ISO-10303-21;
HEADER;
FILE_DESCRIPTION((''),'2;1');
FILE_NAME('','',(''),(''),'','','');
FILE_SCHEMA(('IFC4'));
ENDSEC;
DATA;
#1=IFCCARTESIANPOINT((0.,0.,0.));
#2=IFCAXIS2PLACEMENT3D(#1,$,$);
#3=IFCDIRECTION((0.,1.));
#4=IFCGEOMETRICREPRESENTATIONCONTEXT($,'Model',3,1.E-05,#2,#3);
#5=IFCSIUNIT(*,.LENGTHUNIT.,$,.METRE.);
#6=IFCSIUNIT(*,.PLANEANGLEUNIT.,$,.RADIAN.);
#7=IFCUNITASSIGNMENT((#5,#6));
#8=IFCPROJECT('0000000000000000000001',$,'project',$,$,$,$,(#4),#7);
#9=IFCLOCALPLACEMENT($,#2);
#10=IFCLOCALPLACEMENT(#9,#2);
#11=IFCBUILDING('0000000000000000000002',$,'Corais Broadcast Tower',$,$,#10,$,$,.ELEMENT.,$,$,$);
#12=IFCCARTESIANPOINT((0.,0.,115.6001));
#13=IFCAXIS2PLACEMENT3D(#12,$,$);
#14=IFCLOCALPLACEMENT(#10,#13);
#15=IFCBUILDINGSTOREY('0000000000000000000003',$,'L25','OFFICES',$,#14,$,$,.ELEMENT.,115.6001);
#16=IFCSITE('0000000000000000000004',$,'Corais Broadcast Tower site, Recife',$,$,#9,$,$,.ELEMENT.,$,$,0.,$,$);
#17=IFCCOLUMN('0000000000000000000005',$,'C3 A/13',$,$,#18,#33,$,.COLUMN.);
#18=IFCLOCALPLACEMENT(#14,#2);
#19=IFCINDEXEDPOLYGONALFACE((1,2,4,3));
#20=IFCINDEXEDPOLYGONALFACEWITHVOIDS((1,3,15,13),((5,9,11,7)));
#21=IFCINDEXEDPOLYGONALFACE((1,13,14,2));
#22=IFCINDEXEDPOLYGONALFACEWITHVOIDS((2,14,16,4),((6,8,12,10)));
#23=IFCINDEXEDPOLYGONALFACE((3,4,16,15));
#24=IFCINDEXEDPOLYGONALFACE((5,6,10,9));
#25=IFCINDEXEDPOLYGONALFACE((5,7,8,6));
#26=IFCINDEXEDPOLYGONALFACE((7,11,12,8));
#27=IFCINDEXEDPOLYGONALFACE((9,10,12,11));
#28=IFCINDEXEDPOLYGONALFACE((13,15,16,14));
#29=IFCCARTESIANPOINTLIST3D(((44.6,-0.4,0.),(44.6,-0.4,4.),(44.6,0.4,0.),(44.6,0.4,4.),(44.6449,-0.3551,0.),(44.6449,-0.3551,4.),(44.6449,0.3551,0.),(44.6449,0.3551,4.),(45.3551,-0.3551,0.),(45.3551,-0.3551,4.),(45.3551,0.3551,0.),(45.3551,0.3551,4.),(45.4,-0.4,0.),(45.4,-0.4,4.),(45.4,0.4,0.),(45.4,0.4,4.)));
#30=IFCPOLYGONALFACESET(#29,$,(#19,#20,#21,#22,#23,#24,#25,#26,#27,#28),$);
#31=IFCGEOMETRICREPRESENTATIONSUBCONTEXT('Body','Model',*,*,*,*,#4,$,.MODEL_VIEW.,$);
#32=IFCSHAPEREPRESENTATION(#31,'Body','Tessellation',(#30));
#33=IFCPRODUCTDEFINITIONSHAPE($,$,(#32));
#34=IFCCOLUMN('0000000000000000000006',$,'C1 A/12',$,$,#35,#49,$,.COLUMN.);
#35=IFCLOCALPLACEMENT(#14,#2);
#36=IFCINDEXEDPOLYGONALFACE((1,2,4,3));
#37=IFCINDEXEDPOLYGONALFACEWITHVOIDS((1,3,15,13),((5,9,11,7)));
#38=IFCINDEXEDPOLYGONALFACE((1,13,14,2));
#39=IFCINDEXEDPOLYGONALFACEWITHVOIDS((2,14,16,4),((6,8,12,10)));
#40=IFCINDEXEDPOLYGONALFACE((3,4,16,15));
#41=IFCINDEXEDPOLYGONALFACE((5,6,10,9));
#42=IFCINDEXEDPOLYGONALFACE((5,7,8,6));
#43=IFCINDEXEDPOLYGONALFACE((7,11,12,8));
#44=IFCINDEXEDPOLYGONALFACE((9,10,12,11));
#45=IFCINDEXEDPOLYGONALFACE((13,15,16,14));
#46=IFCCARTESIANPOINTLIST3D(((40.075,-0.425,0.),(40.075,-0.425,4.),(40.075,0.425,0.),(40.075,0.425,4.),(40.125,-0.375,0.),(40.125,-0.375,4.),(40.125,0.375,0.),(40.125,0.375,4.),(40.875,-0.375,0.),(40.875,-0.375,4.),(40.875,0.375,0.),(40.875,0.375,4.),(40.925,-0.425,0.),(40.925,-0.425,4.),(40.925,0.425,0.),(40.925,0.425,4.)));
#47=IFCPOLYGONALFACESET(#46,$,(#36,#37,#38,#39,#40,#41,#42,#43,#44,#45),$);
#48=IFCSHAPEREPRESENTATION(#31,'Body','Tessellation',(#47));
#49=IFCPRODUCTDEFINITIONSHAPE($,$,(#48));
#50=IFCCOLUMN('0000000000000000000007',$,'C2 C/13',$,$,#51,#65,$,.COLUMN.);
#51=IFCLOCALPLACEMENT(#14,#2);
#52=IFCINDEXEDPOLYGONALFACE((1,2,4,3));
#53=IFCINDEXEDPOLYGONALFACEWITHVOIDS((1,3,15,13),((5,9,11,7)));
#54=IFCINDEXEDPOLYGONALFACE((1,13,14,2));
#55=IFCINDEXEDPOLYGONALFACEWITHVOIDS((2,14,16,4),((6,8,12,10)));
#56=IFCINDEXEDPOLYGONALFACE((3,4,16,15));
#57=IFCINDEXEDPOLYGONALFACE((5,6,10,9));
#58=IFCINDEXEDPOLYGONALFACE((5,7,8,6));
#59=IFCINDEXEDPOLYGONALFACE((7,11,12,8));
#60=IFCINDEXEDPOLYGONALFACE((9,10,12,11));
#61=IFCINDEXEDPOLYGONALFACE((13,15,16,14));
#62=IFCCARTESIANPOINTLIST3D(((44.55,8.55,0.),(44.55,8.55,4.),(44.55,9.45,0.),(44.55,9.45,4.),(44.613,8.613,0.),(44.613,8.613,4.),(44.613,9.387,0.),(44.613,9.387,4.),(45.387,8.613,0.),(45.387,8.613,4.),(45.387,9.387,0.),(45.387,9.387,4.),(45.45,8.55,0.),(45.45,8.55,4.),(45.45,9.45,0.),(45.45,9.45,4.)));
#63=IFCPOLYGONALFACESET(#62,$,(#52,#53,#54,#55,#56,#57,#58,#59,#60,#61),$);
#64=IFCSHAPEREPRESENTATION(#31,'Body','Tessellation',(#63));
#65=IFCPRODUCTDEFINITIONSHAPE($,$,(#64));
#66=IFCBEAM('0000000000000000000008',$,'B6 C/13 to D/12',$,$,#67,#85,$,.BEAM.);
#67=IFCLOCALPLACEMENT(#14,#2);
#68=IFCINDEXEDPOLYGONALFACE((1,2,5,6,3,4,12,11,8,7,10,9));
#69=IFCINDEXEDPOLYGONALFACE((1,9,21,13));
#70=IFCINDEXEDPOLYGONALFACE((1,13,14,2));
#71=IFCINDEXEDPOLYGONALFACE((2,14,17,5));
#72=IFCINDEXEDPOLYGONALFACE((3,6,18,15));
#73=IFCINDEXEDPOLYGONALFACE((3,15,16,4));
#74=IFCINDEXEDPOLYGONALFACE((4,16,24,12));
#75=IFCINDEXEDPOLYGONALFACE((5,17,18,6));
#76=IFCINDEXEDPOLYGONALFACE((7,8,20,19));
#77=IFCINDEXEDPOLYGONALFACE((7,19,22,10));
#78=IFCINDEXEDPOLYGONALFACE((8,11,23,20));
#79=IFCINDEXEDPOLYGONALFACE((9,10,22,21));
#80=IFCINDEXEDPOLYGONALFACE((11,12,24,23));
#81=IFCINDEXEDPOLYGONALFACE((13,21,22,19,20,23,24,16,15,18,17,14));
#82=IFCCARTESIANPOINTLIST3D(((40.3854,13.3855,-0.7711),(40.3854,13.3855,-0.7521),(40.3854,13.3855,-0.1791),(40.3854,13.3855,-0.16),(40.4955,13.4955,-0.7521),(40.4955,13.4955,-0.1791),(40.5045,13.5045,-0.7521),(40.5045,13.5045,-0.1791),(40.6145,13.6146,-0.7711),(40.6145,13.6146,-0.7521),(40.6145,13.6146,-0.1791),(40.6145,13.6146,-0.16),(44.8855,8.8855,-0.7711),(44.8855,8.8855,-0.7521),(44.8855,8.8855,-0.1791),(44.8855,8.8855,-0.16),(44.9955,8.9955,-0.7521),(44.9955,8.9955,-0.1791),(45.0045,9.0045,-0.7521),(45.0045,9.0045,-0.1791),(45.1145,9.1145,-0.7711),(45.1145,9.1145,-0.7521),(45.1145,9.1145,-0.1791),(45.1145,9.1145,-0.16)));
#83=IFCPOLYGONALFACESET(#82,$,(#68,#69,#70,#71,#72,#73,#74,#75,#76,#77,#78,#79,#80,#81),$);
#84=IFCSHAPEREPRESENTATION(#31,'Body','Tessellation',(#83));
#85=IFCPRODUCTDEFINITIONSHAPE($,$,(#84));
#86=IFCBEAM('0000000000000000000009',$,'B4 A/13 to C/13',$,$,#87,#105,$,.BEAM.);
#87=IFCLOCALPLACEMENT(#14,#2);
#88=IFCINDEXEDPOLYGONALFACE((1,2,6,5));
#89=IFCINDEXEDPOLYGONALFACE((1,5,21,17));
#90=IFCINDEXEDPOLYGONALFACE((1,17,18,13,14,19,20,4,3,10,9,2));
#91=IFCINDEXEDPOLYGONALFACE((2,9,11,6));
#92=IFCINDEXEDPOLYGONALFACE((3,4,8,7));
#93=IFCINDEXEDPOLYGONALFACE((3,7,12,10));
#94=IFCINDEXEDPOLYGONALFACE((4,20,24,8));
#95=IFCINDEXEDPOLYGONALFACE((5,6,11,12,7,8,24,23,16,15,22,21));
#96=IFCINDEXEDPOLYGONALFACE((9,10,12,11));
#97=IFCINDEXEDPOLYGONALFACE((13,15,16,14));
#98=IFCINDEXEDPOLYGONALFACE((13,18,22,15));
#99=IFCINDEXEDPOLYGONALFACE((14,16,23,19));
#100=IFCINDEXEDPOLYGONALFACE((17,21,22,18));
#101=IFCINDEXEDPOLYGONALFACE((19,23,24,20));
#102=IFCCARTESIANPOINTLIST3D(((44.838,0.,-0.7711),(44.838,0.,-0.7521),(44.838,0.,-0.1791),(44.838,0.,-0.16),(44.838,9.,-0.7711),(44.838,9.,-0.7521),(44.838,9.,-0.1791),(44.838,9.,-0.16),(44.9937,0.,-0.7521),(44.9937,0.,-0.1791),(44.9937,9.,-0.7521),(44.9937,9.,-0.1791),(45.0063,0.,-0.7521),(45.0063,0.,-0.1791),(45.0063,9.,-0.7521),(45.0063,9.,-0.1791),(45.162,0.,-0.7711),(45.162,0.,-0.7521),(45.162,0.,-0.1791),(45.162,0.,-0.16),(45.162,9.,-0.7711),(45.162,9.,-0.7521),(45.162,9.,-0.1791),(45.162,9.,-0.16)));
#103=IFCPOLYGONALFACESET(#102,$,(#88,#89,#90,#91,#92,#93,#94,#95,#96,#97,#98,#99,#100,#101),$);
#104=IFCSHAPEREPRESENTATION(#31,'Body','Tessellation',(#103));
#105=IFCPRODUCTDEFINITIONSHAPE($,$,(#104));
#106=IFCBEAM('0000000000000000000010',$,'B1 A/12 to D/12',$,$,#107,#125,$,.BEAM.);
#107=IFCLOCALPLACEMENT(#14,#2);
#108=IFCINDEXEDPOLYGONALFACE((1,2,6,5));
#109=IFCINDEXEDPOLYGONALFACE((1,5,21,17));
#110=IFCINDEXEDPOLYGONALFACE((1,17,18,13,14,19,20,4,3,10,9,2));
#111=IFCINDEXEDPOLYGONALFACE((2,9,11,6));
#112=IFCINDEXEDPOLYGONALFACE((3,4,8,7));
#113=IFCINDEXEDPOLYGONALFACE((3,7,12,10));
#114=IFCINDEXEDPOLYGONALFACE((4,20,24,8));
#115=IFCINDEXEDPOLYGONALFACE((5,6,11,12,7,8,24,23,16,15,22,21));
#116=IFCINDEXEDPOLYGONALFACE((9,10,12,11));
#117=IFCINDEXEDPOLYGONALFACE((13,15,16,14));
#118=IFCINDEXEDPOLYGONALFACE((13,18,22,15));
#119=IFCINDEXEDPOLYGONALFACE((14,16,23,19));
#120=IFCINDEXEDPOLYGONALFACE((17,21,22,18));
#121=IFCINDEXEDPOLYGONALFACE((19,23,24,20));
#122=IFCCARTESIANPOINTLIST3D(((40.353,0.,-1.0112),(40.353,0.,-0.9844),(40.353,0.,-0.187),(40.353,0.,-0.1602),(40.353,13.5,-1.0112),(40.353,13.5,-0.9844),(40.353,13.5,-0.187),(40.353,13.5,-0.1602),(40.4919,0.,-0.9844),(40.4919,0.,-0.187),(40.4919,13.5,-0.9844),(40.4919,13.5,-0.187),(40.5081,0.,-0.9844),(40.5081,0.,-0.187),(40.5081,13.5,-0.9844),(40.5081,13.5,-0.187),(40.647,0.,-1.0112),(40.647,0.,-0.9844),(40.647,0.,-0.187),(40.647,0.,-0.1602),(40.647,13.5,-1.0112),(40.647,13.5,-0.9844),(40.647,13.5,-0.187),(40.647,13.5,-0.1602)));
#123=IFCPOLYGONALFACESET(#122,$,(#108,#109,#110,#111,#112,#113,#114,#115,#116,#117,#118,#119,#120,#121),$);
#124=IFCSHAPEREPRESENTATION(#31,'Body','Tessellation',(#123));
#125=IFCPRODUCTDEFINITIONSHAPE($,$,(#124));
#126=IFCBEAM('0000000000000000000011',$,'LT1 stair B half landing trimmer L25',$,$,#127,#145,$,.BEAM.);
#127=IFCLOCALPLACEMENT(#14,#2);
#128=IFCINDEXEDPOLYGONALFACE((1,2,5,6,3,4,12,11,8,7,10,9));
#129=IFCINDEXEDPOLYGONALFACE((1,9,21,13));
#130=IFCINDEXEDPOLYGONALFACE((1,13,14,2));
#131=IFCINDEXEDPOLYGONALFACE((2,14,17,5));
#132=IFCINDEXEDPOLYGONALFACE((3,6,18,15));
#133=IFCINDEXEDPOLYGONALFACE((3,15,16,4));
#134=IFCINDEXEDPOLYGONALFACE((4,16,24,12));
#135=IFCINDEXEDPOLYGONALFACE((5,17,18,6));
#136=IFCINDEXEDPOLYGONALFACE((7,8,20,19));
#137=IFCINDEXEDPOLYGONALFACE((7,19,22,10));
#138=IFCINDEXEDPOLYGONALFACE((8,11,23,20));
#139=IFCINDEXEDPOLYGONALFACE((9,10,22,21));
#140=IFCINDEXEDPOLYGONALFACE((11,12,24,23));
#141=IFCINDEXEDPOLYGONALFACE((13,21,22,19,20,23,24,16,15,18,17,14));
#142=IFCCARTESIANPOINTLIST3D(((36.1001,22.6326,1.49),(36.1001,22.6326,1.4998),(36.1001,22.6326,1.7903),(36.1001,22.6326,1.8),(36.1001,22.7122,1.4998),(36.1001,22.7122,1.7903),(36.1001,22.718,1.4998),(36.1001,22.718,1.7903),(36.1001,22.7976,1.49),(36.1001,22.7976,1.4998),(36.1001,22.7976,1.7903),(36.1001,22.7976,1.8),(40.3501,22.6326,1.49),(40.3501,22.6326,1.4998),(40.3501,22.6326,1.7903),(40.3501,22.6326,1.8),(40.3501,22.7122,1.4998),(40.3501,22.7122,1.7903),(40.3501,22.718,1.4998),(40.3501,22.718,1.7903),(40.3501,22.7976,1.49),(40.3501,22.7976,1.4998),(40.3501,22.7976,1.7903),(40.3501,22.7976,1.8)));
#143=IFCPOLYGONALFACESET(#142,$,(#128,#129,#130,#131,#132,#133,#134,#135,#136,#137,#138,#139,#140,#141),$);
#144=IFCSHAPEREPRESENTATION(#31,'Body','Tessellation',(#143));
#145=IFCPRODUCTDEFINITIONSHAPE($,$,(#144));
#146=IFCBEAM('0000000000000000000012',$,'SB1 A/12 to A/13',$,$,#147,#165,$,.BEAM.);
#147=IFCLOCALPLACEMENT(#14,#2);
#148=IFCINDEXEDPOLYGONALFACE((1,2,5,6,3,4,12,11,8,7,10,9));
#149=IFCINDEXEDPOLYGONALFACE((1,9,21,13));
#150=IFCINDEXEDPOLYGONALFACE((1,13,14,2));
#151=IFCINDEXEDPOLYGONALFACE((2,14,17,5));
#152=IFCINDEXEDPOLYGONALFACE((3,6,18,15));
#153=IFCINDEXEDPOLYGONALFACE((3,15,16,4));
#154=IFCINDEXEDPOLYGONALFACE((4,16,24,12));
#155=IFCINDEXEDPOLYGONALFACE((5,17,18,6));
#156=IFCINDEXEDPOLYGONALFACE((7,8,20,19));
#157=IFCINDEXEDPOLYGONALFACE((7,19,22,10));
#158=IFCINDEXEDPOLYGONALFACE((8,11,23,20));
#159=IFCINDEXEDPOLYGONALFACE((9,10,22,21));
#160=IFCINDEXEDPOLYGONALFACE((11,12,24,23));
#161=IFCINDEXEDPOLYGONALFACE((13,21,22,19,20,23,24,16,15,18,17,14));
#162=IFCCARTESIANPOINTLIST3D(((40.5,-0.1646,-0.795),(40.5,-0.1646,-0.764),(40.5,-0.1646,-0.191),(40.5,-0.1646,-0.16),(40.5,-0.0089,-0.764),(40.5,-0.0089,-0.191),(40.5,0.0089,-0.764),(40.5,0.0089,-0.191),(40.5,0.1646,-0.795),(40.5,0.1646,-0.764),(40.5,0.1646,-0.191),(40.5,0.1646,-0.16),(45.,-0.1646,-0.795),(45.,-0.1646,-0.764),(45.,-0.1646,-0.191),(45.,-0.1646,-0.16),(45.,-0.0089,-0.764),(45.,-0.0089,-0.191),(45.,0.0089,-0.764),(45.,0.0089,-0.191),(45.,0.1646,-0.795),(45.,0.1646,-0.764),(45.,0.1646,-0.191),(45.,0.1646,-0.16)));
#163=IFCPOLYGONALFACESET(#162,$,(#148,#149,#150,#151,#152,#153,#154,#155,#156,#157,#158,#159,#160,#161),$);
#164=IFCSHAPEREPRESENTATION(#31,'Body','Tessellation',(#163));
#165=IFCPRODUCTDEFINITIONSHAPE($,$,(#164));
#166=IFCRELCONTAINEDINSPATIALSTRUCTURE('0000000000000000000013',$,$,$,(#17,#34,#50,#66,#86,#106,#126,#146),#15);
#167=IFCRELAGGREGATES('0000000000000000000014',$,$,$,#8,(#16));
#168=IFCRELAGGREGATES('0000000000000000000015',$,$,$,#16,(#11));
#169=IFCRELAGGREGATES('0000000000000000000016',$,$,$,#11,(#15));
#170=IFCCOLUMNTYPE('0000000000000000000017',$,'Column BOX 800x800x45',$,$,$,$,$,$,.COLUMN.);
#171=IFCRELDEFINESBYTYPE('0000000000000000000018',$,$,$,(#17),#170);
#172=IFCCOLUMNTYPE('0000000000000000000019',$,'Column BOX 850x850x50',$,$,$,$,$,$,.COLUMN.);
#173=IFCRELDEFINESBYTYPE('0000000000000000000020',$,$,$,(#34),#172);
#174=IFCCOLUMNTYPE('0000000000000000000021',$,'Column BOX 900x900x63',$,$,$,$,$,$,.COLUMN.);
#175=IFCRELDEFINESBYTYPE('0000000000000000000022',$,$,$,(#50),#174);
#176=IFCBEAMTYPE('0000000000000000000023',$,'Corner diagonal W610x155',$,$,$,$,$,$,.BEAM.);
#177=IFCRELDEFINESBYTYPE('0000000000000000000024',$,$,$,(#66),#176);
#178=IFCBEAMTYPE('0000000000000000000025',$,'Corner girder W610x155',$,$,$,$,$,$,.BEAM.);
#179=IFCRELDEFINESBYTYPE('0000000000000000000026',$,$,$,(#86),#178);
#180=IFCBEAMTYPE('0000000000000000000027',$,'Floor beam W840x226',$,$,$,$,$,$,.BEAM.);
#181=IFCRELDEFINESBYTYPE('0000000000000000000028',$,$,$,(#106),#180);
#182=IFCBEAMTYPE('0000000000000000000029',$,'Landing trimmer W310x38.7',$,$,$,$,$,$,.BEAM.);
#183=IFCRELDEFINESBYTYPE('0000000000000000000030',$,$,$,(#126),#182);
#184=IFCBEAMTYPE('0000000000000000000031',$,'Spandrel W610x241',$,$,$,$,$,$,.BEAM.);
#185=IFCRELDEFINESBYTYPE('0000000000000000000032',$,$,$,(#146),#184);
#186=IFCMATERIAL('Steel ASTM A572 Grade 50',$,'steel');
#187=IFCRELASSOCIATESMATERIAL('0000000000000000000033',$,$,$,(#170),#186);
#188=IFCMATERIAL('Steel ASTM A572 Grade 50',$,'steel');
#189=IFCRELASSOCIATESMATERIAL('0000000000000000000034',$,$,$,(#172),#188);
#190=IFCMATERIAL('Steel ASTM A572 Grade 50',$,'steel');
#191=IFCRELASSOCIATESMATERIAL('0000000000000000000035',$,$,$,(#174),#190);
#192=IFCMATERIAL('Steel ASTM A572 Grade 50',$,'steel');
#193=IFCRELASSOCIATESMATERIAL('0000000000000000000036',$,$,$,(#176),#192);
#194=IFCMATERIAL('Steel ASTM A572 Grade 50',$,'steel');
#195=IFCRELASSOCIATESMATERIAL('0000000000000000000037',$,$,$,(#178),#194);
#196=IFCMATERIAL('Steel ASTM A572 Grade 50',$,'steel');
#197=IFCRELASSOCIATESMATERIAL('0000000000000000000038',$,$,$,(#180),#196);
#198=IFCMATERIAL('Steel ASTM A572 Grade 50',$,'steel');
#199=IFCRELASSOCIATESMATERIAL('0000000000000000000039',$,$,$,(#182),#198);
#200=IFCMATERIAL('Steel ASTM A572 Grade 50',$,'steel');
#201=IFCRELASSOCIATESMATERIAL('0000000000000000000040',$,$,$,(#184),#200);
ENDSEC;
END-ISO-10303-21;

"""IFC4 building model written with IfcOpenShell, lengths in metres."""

from ifc_helpers import new_model, si_unit, direction, frame, origin, origin_2d, place, context, subcontext, project, spatial, hollow_rectangle, i_section, extrude, material, material_profile, profile_set, type_object, element, save


model = new_model("IFC4")

# Units and contexts
model_context = context("Model", 3, precision=1e-05, world=origin(), true_north=direction((0.0, 1.0)))
body_context = subcontext(model_context, "Body", "Model", "MODEL_VIEW")
ifc_project = project(units=[si_unit("LENGTHUNIT", "METRE"), si_unit("PLANEANGLEUNIT", "RADIAN")], contexts=[model_context])

# Site, building, storey
site_placement = place(None, origin())
site = spatial("IfcSite", under=ifc_project, at=site_placement, Name="Corais Broadcast Tower site, Recife", CompositionType="ELEMENT", RefElevation=0.0)
building_placement = place(site_placement, origin())
building = spatial("IfcBuilding", under=site, at=building_placement, Name="Corais Broadcast Tower", CompositionType="ELEMENT")
storey_placement = place(building_placement, frame((0.0, 0.0, 115.6001)))
storey = spatial("IfcBuildingStorey", under=building, at=storey_placement, Name="L25", Description="OFFICES", CompositionType="ELEMENT", Elevation=115.6001)

# Columns
ifc_material_1 = material(Name="Steel ASTM A572 Grade 50", Category="steel")
ifc_material_profile_1 = material_profile(ifc_material_1, hollow_rectangle(XDim=0.8, YDim=0.8, WallThickness=0.0449, at=origin_2d()), Name="BOX 800x800x45")
ifc_profile_set_1 = profile_set([ifc_material_profile_1], Name="Steel ASTM A572 Grade 50")
column_type_1 = type_object("IfcColumnType", Name="Column BOX 800x800x45", PredefinedType="COLUMN", material=ifc_profile_set_1)
column_1_placement = place(storey_placement, frame((45.0, 0.0, 0.0), z_axis=(0.0, 0.0, 1.0), x_axis=(1.0, 0.0, 0.0)))
element("IfcColumn", 1, at=column_1_placement, inside=storey, type_object=column_type_1, Name="C3 A/13", PredefinedType="COLUMN", context=body_context, shape_type="SweptSolid", body=[
    extrude(hollow_rectangle(XDim=0.8, YDim=0.8, WallThickness=0.0449, at=origin_2d()), origin(), (0.0, 0.0, 1.0), 4.0),
])
ifc_material_2 = material(Name="Steel ASTM A572 Grade 50", Category="steel")
ifc_material_profile_2 = material_profile(ifc_material_2, hollow_rectangle(XDim=0.8501, YDim=0.8501, WallThickness=0.05, at=origin_2d()), Name="BOX 850x850x50")
ifc_profile_set_2 = profile_set([ifc_material_profile_2], Name="Steel ASTM A572 Grade 50")
column_type_2 = type_object("IfcColumnType", Name="Column BOX 850x850x50", PredefinedType="COLUMN", material=ifc_profile_set_2)
column_2_placement = place(storey_placement, frame((40.5, 0.0, 0.0), z_axis=(0.0, 0.0, 1.0), x_axis=(1.0, 0.0, 0.0)))
element("IfcColumn", 2, at=column_2_placement, inside=storey, type_object=column_type_2, Name="C1 A/12", PredefinedType="COLUMN", context=body_context, shape_type="SweptSolid", body=[
    extrude(hollow_rectangle(XDim=0.8501, YDim=0.8501, WallThickness=0.05, at=origin_2d()), origin(), (0.0, 0.0, 1.0), 4.0),
])
ifc_material_3 = material(Name="Steel ASTM A572 Grade 50", Category="steel")
ifc_material_profile_3 = material_profile(ifc_material_3, hollow_rectangle(XDim=0.8999, YDim=0.8999, WallThickness=0.063, at=origin_2d()), Name="BOX 900x900x63")
ifc_profile_set_3 = profile_set([ifc_material_profile_3], Name="Steel ASTM A572 Grade 50")
column_type_3 = type_object("IfcColumnType", Name="Column BOX 900x900x63", PredefinedType="COLUMN", material=ifc_profile_set_3)
column_3_placement = place(storey_placement, frame((45.0, 9.0, 0.0), z_axis=(0.0, 0.0, 1.0), x_axis=(1.0, 0.0, 0.0)))
element("IfcColumn", 3, at=column_3_placement, inside=storey, type_object=column_type_3, Name="C2 C/13", PredefinedType="COLUMN", context=body_context, shape_type="SweptSolid", body=[
    extrude(hollow_rectangle(XDim=0.8999, YDim=0.8999, WallThickness=0.063, at=origin_2d()), origin(), (0.0, 0.0, 1.0), 4.0),
])

# Beams
ifc_material_4 = material(Name="Steel ASTM A572 Grade 50", Category="steel")
ifc_material_profile_4 = material_profile(ifc_material_4, i_section(OverallWidth=0.324, OverallDepth=0.6111, WebThickness=0.0127, FlangeThickness=0.019, at=origin_2d()), Name="W610x155")
ifc_profile_set_4 = profile_set([ifc_material_profile_4], Name="Steel ASTM A572 Grade 50")
beam_type_1 = type_object("IfcBeamType", Name="Corner diagonal W610x155", PredefinedType="BEAM", material=ifc_profile_set_4)
beam_1_placement = place(storey_placement, frame((45.0, 9.0, -0.4656), z_axis=(-0.707107, 0.707107, 0.0), x_axis=(-0.707107, -0.707107, 0.0)))
element("IfcBeam", 4, at=beam_1_placement, inside=storey, type_object=beam_type_1, Name="B6 C/13 to D/12", PredefinedType="BEAM", context=body_context, shape_type="SweptSolid", body=[
    extrude(i_section(OverallWidth=0.324, OverallDepth=0.6111, WebThickness=0.0127, FlangeThickness=0.019, at=origin_2d()), origin(), (0.0, 0.0, 1.0), 6.364),
])
ifc_material_5 = material(Name="Steel ASTM A572 Grade 50", Category="steel")
ifc_material_profile_5 = material_profile(ifc_material_5, i_section(OverallWidth=0.324, OverallDepth=0.6111, WebThickness=0.0127, FlangeThickness=0.019, at=origin_2d()), Name="W610x155")
ifc_profile_set_5 = profile_set([ifc_material_profile_5], Name="Steel ASTM A572 Grade 50")
beam_type_2 = type_object("IfcBeamType", Name="Corner girder W610x155", PredefinedType="BEAM", material=ifc_profile_set_5)
beam_2_placement = place(storey_placement, frame((45.0, 0.0, -0.4656), z_axis=(0.0, 1.0, 0.0), x_axis=(-1.0, 0.0, 0.0)))
element("IfcBeam", 5, at=beam_2_placement, inside=storey, type_object=beam_type_2, Name="B4 A/13 to C/13", PredefinedType="BEAM", context=body_context, shape_type="SweptSolid", body=[
    extrude(i_section(OverallWidth=0.324, OverallDepth=0.6111, WebThickness=0.0127, FlangeThickness=0.019, at=origin_2d()), origin(), (0.0, 0.0, 1.0), 9.0),
])
ifc_material_6 = material(Name="Steel ASTM A572 Grade 50", Category="steel")
ifc_material_profile_6 = material_profile(ifc_material_6, i_section(OverallWidth=0.2939, OverallDepth=0.8511, WebThickness=0.0161, FlangeThickness=0.0269, at=origin_2d()), Name="W840x226")
ifc_profile_set_6 = profile_set([ifc_material_profile_6], Name="Steel ASTM A572 Grade 50")
beam_type_3 = type_object("IfcBeamType", Name="Floor beam W840x226", PredefinedType="BEAM", material=ifc_profile_set_6)
beam_3_placement = place(storey_placement, frame((40.5, 0.0, -0.5857), z_axis=(0.0, 1.0, 0.0), x_axis=(-1.0, 0.0, 0.0)))
element("IfcBeam", 6, at=beam_3_placement, inside=storey, type_object=beam_type_3, Name="B1 A/12 to D/12", PredefinedType="BEAM", context=body_context, shape_type="SweptSolid", body=[
    extrude(i_section(OverallWidth=0.2939, OverallDepth=0.8511, WebThickness=0.0161, FlangeThickness=0.0269, at=origin_2d()), origin(), (0.0, 0.0, 1.0), 13.5),
])
ifc_material_7 = material(Name="Steel ASTM A572 Grade 50", Category="steel")
ifc_material_profile_7 = material_profile(ifc_material_7, i_section(OverallWidth=0.165, OverallDepth=0.3101, WebThickness=0.0059, FlangeThickness=0.0098, at=origin_2d()), Name="W310x38.7")
ifc_profile_set_7 = profile_set([ifc_material_profile_7], Name="Steel ASTM A572 Grade 50")
beam_type_4 = type_object("IfcBeamType", Name="Landing trimmer W310x38.7", PredefinedType="BEAM", material=ifc_profile_set_7)
beam_4_placement = place(storey_placement, frame((36.1001, 22.7151, 1.645), z_axis=(1.0, 0.0, 0.0), x_axis=(0.0, 1.0, 0.0)))
element("IfcBeam", 7, at=beam_4_placement, inside=storey, type_object=beam_type_4, Name="LT1 stair B half landing trimmer L25", PredefinedType="BEAM", context=body_context, shape_type="SweptSolid", body=[
    extrude(i_section(OverallWidth=0.165, OverallDepth=0.3101, WebThickness=0.0059, FlangeThickness=0.0098, at=origin_2d()), origin(), (0.0, 0.0, 1.0), 4.25),
])
ifc_material_8 = material(Name="Steel ASTM A572 Grade 50", Category="steel")
ifc_material_profile_8 = material_profile(ifc_material_8, i_section(OverallWidth=0.3291, OverallDepth=0.635, WebThickness=0.0178, FlangeThickness=0.031, at=origin_2d()), Name="W610x241")
ifc_profile_set_8 = profile_set([ifc_material_profile_8], Name="Steel ASTM A572 Grade 50")
beam_type_5 = type_object("IfcBeamType", Name="Spandrel W610x241", PredefinedType="BEAM", material=ifc_profile_set_8)
beam_5_placement = place(storey_placement, frame((40.5, 0.0, -0.4775), z_axis=(1.0, 0.0, 0.0), x_axis=(0.0, 1.0, 0.0)))
element("IfcBeam", 8, at=beam_5_placement, inside=storey, type_object=beam_type_5, Name="SB1 A/12 to A/13", PredefinedType="BEAM", context=body_context, shape_type="SweptSolid", body=[
    extrude(i_section(OverallWidth=0.3291, OverallDepth=0.635, WebThickness=0.0178, FlangeThickness=0.031, at=origin_2d()), origin(), (0.0, 0.0, 1.0), 4.5),
])

save(model, "model.ifc")
